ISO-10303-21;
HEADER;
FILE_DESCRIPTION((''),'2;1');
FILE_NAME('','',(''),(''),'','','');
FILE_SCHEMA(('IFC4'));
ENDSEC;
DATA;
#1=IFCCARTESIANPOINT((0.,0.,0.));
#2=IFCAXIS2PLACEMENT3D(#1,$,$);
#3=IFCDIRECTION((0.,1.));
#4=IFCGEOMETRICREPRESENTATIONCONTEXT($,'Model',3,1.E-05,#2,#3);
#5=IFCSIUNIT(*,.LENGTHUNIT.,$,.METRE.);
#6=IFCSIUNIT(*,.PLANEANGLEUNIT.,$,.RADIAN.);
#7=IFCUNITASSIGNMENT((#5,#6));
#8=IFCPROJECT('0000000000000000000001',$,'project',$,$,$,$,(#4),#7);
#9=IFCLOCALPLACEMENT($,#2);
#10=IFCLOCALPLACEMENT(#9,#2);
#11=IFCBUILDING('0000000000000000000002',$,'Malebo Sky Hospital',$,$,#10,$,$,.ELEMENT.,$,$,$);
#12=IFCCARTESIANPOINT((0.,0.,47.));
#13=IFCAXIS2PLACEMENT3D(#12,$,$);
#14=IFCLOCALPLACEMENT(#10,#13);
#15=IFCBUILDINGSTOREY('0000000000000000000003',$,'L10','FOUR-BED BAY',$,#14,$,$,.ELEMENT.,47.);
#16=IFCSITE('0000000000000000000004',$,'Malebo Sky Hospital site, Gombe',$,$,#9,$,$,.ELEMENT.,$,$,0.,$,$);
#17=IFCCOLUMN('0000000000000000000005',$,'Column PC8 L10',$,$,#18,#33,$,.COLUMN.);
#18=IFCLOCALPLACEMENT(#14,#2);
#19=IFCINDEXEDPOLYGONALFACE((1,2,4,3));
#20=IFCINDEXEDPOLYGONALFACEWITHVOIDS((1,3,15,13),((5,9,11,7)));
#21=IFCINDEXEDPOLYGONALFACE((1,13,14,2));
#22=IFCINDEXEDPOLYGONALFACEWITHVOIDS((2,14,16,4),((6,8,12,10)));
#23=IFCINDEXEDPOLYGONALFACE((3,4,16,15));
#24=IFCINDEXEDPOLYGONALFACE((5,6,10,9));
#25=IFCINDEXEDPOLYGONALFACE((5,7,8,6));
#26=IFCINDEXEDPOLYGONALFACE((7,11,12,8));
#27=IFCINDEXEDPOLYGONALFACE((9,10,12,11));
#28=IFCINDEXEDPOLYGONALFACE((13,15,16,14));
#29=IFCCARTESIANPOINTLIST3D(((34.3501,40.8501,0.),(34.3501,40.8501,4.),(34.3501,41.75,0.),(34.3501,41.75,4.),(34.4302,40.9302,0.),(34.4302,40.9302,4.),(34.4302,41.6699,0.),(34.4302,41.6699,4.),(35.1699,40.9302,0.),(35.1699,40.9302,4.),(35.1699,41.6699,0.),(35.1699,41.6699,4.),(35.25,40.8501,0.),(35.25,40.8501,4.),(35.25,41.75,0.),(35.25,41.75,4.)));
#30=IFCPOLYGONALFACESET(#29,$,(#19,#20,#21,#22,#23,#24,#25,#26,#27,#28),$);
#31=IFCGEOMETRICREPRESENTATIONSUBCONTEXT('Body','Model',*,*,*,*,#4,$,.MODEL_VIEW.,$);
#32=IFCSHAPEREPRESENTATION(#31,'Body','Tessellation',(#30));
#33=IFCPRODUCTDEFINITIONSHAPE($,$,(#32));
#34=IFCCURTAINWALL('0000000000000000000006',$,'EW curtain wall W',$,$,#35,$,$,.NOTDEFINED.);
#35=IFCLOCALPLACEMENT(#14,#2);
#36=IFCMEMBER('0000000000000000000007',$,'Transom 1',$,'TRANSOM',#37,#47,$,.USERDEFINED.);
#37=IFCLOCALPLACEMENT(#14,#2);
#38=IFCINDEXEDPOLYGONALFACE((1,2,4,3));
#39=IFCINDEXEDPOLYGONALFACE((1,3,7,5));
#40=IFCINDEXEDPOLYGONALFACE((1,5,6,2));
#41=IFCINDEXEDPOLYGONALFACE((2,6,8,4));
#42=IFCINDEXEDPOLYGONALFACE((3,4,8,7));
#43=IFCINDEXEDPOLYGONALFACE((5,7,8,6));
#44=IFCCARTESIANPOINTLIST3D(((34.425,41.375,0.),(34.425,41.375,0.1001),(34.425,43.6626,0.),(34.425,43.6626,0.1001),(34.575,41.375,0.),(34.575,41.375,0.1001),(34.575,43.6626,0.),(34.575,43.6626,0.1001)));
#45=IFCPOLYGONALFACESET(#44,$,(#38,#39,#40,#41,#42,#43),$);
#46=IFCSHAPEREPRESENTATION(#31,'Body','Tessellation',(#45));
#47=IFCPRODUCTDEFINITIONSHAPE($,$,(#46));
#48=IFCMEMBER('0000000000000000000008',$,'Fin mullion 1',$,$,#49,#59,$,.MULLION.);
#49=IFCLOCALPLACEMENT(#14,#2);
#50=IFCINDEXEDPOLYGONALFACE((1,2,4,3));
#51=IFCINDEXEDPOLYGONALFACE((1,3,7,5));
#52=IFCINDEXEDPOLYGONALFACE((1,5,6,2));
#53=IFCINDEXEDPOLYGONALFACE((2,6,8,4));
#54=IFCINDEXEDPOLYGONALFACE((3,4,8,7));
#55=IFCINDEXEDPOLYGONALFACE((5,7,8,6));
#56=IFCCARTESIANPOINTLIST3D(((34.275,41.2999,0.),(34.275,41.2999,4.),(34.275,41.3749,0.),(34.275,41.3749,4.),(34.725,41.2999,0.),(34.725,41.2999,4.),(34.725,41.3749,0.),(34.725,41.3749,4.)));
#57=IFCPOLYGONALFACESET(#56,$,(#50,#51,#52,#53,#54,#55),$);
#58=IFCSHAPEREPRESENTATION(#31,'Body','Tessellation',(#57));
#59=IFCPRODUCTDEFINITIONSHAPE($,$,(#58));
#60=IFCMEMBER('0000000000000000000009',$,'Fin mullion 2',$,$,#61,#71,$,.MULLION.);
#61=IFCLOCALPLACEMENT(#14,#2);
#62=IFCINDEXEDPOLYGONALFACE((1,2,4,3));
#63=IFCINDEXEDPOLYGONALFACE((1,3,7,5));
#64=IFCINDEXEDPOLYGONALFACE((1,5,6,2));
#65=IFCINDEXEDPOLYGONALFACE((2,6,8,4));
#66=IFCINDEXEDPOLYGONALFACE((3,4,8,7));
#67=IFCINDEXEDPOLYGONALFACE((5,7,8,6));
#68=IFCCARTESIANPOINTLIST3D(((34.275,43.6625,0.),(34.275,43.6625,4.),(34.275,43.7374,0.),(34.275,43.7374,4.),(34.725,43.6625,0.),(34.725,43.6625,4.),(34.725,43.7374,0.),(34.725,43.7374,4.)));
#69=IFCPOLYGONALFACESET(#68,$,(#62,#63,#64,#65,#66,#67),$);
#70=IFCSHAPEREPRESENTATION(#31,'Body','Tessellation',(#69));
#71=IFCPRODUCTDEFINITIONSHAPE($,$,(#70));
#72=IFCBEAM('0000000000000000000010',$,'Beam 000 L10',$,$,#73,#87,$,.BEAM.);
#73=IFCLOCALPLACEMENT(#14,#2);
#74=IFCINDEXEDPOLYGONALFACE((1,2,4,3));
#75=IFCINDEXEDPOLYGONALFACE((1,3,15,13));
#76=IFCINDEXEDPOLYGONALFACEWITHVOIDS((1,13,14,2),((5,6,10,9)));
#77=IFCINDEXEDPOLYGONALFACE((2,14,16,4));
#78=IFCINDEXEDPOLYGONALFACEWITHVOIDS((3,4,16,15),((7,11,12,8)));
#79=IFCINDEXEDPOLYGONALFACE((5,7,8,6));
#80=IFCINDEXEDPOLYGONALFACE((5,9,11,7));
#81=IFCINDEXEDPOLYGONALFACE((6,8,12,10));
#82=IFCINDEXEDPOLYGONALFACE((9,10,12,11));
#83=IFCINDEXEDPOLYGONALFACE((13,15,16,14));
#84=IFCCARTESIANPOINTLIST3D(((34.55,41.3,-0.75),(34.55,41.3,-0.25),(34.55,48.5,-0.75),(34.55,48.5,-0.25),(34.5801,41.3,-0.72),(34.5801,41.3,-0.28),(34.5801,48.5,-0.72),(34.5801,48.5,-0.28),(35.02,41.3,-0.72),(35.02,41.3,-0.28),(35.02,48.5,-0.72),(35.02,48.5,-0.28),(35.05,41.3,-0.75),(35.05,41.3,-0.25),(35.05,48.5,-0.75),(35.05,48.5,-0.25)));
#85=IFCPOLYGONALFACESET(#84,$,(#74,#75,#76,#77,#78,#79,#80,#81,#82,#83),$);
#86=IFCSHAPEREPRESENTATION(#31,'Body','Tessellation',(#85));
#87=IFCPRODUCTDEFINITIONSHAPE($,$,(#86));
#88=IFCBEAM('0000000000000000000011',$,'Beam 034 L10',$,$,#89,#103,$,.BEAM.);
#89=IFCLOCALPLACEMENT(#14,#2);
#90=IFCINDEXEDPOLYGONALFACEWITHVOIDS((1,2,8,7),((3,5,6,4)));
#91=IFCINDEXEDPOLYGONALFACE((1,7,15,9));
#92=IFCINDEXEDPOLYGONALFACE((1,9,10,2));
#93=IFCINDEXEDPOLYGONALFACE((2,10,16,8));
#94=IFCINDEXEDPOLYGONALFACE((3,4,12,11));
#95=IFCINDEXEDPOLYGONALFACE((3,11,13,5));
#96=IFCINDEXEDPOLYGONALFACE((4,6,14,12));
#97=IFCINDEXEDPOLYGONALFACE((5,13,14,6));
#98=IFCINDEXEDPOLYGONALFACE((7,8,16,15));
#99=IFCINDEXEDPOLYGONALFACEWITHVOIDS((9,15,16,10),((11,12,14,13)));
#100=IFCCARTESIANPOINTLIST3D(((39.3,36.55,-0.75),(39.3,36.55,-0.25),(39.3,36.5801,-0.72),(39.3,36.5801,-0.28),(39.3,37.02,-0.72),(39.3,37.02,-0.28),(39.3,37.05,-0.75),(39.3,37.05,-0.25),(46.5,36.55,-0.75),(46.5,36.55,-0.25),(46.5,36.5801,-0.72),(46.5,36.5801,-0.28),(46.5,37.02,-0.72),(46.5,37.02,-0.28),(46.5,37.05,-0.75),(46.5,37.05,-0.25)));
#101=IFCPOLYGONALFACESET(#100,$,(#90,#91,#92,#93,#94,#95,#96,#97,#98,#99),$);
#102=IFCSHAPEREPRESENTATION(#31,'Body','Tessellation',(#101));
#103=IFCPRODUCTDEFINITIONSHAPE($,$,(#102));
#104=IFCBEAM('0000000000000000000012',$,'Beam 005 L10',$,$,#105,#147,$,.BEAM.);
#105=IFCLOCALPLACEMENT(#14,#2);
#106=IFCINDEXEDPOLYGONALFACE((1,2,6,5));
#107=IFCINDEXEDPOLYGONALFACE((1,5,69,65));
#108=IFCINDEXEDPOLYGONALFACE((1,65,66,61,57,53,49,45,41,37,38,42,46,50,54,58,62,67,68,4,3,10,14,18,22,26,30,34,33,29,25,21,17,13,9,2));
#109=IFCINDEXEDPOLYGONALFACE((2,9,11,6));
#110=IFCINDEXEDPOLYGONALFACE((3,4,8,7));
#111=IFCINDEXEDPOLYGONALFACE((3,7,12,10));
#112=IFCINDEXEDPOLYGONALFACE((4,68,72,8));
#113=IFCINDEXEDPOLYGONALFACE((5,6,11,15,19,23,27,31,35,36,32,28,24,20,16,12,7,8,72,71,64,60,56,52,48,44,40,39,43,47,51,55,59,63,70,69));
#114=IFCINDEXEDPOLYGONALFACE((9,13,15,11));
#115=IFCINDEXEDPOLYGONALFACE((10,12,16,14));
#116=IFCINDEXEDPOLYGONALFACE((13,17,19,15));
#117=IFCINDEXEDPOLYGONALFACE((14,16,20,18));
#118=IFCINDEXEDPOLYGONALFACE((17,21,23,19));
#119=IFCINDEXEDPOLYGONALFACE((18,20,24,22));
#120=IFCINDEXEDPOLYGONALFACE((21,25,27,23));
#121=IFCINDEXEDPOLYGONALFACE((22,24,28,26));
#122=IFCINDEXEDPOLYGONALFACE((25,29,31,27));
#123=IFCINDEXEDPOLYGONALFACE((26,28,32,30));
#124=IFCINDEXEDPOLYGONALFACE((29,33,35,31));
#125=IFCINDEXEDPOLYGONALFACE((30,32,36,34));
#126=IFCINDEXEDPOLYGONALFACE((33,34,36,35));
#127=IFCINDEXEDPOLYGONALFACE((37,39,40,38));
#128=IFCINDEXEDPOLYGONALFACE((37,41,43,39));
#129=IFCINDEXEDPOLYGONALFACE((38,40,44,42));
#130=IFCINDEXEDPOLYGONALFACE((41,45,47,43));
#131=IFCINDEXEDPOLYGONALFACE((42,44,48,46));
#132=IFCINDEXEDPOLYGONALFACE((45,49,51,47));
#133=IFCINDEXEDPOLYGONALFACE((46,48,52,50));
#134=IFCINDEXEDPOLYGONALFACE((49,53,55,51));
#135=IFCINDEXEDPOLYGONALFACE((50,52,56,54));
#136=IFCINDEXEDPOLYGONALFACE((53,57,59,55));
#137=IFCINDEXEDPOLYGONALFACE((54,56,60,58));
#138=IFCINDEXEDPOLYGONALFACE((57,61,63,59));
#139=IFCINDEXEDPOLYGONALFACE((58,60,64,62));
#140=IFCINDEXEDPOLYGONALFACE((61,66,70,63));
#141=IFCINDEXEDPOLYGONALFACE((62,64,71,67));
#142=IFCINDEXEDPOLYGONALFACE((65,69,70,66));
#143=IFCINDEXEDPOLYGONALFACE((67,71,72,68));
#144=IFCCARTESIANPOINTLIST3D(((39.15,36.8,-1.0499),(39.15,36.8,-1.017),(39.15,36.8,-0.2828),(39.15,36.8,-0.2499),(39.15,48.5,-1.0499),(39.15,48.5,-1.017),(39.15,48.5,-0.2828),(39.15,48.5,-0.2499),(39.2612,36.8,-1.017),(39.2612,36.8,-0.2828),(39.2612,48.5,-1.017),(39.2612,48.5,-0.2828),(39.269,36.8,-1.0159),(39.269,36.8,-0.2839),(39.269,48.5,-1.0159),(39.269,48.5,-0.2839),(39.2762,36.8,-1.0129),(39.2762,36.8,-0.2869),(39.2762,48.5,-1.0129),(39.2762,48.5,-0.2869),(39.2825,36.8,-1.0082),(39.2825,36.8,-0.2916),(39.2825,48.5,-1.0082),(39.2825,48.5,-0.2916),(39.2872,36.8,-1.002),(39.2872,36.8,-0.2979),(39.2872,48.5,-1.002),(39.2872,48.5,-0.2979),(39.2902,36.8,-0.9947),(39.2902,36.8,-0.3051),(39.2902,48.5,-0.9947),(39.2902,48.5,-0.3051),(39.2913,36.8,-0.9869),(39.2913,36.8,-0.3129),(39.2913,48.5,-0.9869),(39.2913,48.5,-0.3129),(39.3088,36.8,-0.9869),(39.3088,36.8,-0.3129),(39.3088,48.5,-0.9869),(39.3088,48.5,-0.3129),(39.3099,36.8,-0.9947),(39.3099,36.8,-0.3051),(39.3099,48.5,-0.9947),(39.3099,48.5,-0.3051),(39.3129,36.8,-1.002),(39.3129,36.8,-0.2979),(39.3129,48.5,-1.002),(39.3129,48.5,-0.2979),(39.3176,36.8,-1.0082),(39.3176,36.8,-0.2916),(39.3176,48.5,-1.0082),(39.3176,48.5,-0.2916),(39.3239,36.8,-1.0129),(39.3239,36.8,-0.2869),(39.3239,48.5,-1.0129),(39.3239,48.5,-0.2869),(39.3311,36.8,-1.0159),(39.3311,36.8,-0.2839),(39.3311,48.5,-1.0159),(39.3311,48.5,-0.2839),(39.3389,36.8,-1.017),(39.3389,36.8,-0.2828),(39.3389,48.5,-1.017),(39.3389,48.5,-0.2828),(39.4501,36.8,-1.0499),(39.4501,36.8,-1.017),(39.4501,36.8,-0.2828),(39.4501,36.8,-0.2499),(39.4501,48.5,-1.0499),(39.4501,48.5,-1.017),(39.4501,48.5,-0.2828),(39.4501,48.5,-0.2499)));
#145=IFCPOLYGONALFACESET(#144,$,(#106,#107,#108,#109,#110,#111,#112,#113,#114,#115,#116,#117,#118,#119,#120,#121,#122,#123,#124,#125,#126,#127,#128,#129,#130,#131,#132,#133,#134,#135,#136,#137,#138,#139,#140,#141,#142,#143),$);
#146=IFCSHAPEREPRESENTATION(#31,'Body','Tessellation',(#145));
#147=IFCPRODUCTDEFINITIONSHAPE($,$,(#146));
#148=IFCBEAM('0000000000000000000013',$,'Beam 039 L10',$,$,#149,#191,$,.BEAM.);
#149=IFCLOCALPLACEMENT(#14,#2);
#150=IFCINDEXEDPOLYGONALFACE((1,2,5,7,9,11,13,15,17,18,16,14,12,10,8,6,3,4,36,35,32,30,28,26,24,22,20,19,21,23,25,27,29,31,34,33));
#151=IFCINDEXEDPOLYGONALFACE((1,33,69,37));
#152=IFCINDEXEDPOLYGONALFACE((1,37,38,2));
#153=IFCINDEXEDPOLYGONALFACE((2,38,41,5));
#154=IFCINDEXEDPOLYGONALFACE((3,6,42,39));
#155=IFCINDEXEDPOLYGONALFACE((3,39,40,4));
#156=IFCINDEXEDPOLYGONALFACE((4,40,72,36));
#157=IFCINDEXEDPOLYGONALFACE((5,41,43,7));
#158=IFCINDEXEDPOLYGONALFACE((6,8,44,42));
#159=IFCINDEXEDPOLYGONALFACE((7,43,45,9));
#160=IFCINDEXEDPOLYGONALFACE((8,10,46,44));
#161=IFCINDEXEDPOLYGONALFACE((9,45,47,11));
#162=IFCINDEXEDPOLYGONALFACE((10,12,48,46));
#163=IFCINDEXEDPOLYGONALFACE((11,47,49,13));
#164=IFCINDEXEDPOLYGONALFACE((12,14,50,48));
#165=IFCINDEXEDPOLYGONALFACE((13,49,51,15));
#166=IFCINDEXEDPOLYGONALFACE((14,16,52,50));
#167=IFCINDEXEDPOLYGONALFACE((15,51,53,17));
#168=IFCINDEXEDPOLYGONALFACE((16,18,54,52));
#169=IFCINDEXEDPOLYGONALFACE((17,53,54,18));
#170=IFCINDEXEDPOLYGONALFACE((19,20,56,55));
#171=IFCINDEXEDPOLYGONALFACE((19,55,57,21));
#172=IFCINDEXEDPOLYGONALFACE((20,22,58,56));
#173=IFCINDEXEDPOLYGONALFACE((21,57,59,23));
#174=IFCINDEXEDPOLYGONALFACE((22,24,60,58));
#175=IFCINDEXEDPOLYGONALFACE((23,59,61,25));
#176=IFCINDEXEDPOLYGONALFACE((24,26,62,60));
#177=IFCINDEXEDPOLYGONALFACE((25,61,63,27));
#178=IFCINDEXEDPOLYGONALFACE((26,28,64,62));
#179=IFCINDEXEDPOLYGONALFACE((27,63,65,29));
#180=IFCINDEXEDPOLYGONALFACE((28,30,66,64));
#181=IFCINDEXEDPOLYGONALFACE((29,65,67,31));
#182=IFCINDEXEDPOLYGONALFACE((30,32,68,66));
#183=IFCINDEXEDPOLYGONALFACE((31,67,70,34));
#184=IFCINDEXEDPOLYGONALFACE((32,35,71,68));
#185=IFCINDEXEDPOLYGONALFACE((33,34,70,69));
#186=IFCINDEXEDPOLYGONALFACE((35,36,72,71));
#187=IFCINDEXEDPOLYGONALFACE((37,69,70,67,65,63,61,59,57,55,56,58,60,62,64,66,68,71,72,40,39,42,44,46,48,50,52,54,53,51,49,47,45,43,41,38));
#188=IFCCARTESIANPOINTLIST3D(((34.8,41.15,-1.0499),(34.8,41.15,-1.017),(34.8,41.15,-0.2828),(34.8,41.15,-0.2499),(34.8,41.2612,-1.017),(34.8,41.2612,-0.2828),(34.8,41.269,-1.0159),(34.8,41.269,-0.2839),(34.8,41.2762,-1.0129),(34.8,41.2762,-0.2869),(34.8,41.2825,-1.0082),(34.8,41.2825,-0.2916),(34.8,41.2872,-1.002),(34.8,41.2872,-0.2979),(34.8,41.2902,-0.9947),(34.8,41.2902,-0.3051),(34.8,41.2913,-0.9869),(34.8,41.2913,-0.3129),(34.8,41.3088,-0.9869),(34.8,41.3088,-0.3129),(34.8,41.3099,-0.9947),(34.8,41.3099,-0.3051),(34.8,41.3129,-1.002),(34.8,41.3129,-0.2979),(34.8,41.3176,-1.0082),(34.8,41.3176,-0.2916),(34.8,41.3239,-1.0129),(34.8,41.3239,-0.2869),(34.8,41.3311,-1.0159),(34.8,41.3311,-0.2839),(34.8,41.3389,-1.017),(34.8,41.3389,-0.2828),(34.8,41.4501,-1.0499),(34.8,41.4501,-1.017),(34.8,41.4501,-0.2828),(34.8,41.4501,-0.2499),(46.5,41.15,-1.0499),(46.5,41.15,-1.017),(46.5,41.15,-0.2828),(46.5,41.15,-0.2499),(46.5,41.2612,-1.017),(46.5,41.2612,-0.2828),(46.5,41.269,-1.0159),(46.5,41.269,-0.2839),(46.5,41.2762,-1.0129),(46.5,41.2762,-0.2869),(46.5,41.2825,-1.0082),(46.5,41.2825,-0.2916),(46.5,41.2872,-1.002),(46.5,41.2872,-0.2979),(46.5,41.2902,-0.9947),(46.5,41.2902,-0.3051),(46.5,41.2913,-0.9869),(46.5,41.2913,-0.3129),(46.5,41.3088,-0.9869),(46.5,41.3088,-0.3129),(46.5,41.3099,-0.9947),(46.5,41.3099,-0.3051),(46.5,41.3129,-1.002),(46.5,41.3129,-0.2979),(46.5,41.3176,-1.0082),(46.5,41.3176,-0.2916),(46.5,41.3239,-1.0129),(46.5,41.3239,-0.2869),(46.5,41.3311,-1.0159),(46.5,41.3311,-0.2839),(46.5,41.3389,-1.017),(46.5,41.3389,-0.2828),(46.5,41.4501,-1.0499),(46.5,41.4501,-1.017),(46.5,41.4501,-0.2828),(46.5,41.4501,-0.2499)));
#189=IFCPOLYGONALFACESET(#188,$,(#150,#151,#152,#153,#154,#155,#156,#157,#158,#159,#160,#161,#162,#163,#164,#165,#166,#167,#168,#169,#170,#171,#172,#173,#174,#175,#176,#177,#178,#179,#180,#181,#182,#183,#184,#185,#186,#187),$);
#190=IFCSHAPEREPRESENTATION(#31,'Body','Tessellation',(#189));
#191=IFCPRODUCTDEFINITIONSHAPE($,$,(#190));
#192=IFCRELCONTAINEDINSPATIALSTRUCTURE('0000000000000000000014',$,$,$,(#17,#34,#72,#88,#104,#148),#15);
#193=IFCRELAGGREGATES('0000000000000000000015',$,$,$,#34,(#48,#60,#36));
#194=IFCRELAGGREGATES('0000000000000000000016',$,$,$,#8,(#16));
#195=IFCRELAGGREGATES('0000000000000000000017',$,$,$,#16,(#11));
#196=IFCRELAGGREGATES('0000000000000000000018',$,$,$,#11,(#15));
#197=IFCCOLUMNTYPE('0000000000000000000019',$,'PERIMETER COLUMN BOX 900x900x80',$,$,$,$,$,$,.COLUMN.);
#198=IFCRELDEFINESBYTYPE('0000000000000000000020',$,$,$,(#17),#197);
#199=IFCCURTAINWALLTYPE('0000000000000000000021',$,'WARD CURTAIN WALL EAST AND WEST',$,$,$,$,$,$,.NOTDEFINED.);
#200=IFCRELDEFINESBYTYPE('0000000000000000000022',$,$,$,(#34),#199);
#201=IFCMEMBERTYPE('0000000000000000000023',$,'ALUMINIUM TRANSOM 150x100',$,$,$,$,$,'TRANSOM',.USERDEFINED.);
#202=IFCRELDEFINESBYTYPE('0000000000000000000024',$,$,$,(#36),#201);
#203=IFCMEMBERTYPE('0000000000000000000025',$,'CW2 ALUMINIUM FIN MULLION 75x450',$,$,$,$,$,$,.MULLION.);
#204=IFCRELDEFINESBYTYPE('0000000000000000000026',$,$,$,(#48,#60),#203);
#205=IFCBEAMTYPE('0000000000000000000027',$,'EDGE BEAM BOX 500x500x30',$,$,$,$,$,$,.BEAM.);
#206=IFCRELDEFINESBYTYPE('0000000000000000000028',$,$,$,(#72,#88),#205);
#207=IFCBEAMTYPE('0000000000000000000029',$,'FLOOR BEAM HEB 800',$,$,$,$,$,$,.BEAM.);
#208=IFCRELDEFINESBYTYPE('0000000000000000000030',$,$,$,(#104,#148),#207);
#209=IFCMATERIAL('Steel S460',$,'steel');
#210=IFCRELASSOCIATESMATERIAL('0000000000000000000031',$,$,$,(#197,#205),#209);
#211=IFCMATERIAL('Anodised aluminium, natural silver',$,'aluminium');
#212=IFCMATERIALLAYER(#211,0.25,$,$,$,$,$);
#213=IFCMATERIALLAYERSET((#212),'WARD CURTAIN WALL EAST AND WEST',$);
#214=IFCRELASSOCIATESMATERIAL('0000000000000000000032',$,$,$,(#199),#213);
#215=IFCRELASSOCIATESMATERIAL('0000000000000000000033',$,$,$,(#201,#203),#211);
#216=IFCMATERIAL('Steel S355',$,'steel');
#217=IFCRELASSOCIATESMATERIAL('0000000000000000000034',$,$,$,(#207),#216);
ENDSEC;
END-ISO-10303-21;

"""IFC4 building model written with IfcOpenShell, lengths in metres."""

from ifc_helpers import new_model, si_unit, direction, frame, origin, origin_2d, place, context, subcontext, project, spatial, rectangle, hollow_rectangle, i_section, extrude, material, layer, layer_set, material_profile, profile_set, type_object, element, aggregate, save


model = new_model("IFC4")

# Units and contexts
model_context = context("Model", 3, precision=1e-05, world=origin(), true_north=direction((0.0, 1.0)))
body_context = subcontext(model_context, "Body", "Model", "MODEL_VIEW")
ifc_project = project(units=[si_unit("LENGTHUNIT", "METRE"), si_unit("PLANEANGLEUNIT", "RADIAN")], contexts=[model_context])

# Site, building, storey
site_placement = place(None, origin())
site = spatial("IfcSite", under=ifc_project, at=site_placement, Name="Malebo Sky Hospital site, Gombe", CompositionType="ELEMENT", RefElevation=0.0)
building_placement = place(site_placement, origin())
building = spatial("IfcBuilding", under=site, at=building_placement, Name="Malebo Sky Hospital", CompositionType="ELEMENT")
storey_placement = place(building_placement, frame((0.0, 0.0, 47.0)))
storey = spatial("IfcBuildingStorey", under=building, at=storey_placement, Name="L10", Description="FOUR-BED BAY", CompositionType="ELEMENT", Elevation=47.0)

# Column
ifc_material_1 = material(Name="Steel S460", Category="steel")
ifc_material_profile_1 = material_profile(ifc_material_1, hollow_rectangle(XDim=0.8999, YDim=0.8999, WallThickness=0.0801, at=origin_2d()), Name="BOX 900x900x80")
ifc_profile_set_1 = profile_set([ifc_material_profile_1], Name="Steel S460")
column_type = type_object("IfcColumnType", Name="PERIMETER COLUMN BOX 900x900x80", PredefinedType="COLUMN", material=ifc_profile_set_1)
column_placement = place(storey_placement, frame((34.8, 41.3, 0.0), z_axis=(0.0, 0.0, 1.0), x_axis=(1.0, 0.0, 0.0)))
element("IfcColumn", 1, at=column_placement, inside=storey, type_object=column_type, Name="Column PC8 L10", PredefinedType="COLUMN", context=body_context, shape_type="SweptSolid", body=[
    extrude(hollow_rectangle(XDim=0.8999, YDim=0.8999, WallThickness=0.0801, at=origin_2d()), origin(), (0.0, 0.0, 1.0), 4.0),
])

# Curtain wall, members
ifc_material_2 = material(Name="Anodised aluminium, natural silver", Category="aluminium")
ifc_layer_1 = layer(ifc_material_2, 0.25)
ifc_layer_set_1 = layer_set([ifc_layer_1], Name="WARD CURTAIN WALL EAST AND WEST")
curtain_wall_type = type_object("IfcCurtainWallType", Name="WARD CURTAIN WALL EAST AND WEST", PredefinedType="NOTDEFINED", material=ifc_layer_set_1)
curtain_wall_placement = place(storey_placement, origin())
curtain_wall = element("IfcCurtainWall", 2, at=curtain_wall_placement, inside=storey, type_object=curtain_wall_type, Name="EW curtain wall W", PredefinedType="NOTDEFINED")
ifc_material_profile_2 = material_profile(ifc_material_2, rectangle(XDim=0.1499, YDim=0.1001, at=origin_2d()), Name="ALUMINIUM TRANSOM 150x100")
ifc_profile_set_2 = profile_set([ifc_material_profile_2], Name="Anodised aluminium, natural silver")
member_type_1 = type_object("IfcMemberType", Name="ALUMINIUM TRANSOM 150x100", ElementType="TRANSOM", PredefinedType="USERDEFINED", material=ifc_profile_set_2)
member_1_placement = place(storey_placement, frame((34.5, 41.375, 0.05), z_axis=(0.0, 1.0, 0.0), x_axis=(-1.0, 0.0, 0.0)))
member_1 = element("IfcMember", 3, at=member_1_placement, type_object=member_type_1, Name="Transom 1", ObjectType="TRANSOM", PredefinedType="USERDEFINED", context=body_context, shape_type="SweptSolid", body=[
    extrude(rectangle(XDim=0.1499, YDim=0.1001, at=origin_2d()), origin(), (0.0, 0.0, 1.0), 2.2876),
])
ifc_material_profile_3 = material_profile(ifc_material_2, rectangle(XDim=0.075, YDim=0.45, at=origin_2d()), Name="CW2 ALUMINIUM FIN MULLION 75x450")
ifc_profile_set_3 = profile_set([ifc_material_profile_3], Name="Anodised aluminium, natural silver")
member_type_2 = type_object("IfcMemberType", Name="CW2 ALUMINIUM FIN MULLION 75x450", PredefinedType="MULLION", material=ifc_profile_set_3)
member_2_placement = place(storey_placement, frame((34.5, 41.3374, 0.0), z_axis=(0.0, 0.0, 1.0), x_axis=(0.0, 1.0, 0.0)))
member_2 = element("IfcMember", 4, at=member_2_placement, type_object=member_type_2, Name="Fin mullion 1", PredefinedType="MULLION", context=body_context, shape_type="SweptSolid", body=[
    extrude(rectangle(XDim=0.075, YDim=0.45, at=origin_2d()), origin(), (0.0, 0.0, 1.0), 4.0),
])
member_3_placement = place(storey_placement, frame((34.5, 43.7, 0.0), z_axis=(0.0, 0.0, 1.0), x_axis=(0.0, 1.0, 0.0)))
member_3 = element("IfcMember", 5, at=member_3_placement, type_object=member_type_2, Name="Fin mullion 2", PredefinedType="MULLION", context=body_context, shape_type="SweptSolid", body=[
    extrude(rectangle(XDim=0.075, YDim=0.45, at=origin_2d()), origin(), (0.0, 0.0, 1.0), 4.0),
])

# Beams
ifc_material_profile_4 = material_profile(ifc_material_1, hollow_rectangle(XDim=0.5, YDim=0.5, WallThickness=0.03, at=origin_2d()), Name="BOX 500x500x30")
ifc_profile_set_4 = profile_set([ifc_material_profile_4], Name="Steel S460")
beam_type_1 = type_object("IfcBeamType", Name="EDGE BEAM BOX 500x500x30", PredefinedType="BEAM", material=ifc_profile_set_4)
for number, where, z_axis, x_axis, name in (
    (6, (34.8, 41.3, -0.5), (0.0, 1.0, 0.0), (-1.0, 0.0, 0.0), "Beam 000 L10"),
    (7, (39.3, 36.8, -0.5), (1.0, 0.0, 0.0), (0.0, 1.0, 0.0), "Beam 034 L10"),
):
    element("IfcBeam", number, at=place(storey_placement, frame(where, z_axis=z_axis, x_axis=x_axis)), inside=storey, type_object=beam_type_1, Name=name, PredefinedType="BEAM", context=body_context, shape_type="SweptSolid", body=[
        extrude(hollow_rectangle(XDim=0.5, YDim=0.5, WallThickness=0.03, at=origin_2d()), origin(), (0.0, 0.0, 1.0), 7.2),
    ])
ifc_material_3 = material(Name="Steel S355", Category="steel")
ifc_material_profile_5 = material_profile(ifc_material_3, i_section(OverallWidth=0.3, OverallDepth=0.8, WebThickness=0.0176, FlangeThickness=0.033, FilletRadius=0.03, at=origin_2d()), Name="HEB 800")
ifc_profile_set_5 = profile_set([ifc_material_profile_5], Name="Steel S355")
beam_type_2 = type_object("IfcBeamType", Name="FLOOR BEAM HEB 800", PredefinedType="BEAM", material=ifc_profile_set_5)
for number, where, z_axis, x_axis, name in (
    (8, (39.3, 36.8, -0.6499), (0.0, 1.0, 0.0), (-1.0, 0.0, 0.0), "Beam 005 L10"),
    (9, (34.8, 41.3, -0.6499), (1.0, 0.0, 0.0), (0.0, 1.0, 0.0), "Beam 039 L10"),
):
    element("IfcBeam", number, at=place(storey_placement, frame(where, z_axis=z_axis, x_axis=x_axis)), inside=storey, type_object=beam_type_2, Name=name, PredefinedType="BEAM", context=body_context, shape_type="SweptSolid", body=[
        extrude(i_section(OverallWidth=0.3, OverallDepth=0.8, WebThickness=0.0176, FlangeThickness=0.033, FilletRadius=0.03, at=origin_2d()), origin(), (0.0, 0.0, 1.0), 11.7),
    ])

aggregate(curtain_wall, [member_2, member_3, member_1])

save(model, "model.ifc")
